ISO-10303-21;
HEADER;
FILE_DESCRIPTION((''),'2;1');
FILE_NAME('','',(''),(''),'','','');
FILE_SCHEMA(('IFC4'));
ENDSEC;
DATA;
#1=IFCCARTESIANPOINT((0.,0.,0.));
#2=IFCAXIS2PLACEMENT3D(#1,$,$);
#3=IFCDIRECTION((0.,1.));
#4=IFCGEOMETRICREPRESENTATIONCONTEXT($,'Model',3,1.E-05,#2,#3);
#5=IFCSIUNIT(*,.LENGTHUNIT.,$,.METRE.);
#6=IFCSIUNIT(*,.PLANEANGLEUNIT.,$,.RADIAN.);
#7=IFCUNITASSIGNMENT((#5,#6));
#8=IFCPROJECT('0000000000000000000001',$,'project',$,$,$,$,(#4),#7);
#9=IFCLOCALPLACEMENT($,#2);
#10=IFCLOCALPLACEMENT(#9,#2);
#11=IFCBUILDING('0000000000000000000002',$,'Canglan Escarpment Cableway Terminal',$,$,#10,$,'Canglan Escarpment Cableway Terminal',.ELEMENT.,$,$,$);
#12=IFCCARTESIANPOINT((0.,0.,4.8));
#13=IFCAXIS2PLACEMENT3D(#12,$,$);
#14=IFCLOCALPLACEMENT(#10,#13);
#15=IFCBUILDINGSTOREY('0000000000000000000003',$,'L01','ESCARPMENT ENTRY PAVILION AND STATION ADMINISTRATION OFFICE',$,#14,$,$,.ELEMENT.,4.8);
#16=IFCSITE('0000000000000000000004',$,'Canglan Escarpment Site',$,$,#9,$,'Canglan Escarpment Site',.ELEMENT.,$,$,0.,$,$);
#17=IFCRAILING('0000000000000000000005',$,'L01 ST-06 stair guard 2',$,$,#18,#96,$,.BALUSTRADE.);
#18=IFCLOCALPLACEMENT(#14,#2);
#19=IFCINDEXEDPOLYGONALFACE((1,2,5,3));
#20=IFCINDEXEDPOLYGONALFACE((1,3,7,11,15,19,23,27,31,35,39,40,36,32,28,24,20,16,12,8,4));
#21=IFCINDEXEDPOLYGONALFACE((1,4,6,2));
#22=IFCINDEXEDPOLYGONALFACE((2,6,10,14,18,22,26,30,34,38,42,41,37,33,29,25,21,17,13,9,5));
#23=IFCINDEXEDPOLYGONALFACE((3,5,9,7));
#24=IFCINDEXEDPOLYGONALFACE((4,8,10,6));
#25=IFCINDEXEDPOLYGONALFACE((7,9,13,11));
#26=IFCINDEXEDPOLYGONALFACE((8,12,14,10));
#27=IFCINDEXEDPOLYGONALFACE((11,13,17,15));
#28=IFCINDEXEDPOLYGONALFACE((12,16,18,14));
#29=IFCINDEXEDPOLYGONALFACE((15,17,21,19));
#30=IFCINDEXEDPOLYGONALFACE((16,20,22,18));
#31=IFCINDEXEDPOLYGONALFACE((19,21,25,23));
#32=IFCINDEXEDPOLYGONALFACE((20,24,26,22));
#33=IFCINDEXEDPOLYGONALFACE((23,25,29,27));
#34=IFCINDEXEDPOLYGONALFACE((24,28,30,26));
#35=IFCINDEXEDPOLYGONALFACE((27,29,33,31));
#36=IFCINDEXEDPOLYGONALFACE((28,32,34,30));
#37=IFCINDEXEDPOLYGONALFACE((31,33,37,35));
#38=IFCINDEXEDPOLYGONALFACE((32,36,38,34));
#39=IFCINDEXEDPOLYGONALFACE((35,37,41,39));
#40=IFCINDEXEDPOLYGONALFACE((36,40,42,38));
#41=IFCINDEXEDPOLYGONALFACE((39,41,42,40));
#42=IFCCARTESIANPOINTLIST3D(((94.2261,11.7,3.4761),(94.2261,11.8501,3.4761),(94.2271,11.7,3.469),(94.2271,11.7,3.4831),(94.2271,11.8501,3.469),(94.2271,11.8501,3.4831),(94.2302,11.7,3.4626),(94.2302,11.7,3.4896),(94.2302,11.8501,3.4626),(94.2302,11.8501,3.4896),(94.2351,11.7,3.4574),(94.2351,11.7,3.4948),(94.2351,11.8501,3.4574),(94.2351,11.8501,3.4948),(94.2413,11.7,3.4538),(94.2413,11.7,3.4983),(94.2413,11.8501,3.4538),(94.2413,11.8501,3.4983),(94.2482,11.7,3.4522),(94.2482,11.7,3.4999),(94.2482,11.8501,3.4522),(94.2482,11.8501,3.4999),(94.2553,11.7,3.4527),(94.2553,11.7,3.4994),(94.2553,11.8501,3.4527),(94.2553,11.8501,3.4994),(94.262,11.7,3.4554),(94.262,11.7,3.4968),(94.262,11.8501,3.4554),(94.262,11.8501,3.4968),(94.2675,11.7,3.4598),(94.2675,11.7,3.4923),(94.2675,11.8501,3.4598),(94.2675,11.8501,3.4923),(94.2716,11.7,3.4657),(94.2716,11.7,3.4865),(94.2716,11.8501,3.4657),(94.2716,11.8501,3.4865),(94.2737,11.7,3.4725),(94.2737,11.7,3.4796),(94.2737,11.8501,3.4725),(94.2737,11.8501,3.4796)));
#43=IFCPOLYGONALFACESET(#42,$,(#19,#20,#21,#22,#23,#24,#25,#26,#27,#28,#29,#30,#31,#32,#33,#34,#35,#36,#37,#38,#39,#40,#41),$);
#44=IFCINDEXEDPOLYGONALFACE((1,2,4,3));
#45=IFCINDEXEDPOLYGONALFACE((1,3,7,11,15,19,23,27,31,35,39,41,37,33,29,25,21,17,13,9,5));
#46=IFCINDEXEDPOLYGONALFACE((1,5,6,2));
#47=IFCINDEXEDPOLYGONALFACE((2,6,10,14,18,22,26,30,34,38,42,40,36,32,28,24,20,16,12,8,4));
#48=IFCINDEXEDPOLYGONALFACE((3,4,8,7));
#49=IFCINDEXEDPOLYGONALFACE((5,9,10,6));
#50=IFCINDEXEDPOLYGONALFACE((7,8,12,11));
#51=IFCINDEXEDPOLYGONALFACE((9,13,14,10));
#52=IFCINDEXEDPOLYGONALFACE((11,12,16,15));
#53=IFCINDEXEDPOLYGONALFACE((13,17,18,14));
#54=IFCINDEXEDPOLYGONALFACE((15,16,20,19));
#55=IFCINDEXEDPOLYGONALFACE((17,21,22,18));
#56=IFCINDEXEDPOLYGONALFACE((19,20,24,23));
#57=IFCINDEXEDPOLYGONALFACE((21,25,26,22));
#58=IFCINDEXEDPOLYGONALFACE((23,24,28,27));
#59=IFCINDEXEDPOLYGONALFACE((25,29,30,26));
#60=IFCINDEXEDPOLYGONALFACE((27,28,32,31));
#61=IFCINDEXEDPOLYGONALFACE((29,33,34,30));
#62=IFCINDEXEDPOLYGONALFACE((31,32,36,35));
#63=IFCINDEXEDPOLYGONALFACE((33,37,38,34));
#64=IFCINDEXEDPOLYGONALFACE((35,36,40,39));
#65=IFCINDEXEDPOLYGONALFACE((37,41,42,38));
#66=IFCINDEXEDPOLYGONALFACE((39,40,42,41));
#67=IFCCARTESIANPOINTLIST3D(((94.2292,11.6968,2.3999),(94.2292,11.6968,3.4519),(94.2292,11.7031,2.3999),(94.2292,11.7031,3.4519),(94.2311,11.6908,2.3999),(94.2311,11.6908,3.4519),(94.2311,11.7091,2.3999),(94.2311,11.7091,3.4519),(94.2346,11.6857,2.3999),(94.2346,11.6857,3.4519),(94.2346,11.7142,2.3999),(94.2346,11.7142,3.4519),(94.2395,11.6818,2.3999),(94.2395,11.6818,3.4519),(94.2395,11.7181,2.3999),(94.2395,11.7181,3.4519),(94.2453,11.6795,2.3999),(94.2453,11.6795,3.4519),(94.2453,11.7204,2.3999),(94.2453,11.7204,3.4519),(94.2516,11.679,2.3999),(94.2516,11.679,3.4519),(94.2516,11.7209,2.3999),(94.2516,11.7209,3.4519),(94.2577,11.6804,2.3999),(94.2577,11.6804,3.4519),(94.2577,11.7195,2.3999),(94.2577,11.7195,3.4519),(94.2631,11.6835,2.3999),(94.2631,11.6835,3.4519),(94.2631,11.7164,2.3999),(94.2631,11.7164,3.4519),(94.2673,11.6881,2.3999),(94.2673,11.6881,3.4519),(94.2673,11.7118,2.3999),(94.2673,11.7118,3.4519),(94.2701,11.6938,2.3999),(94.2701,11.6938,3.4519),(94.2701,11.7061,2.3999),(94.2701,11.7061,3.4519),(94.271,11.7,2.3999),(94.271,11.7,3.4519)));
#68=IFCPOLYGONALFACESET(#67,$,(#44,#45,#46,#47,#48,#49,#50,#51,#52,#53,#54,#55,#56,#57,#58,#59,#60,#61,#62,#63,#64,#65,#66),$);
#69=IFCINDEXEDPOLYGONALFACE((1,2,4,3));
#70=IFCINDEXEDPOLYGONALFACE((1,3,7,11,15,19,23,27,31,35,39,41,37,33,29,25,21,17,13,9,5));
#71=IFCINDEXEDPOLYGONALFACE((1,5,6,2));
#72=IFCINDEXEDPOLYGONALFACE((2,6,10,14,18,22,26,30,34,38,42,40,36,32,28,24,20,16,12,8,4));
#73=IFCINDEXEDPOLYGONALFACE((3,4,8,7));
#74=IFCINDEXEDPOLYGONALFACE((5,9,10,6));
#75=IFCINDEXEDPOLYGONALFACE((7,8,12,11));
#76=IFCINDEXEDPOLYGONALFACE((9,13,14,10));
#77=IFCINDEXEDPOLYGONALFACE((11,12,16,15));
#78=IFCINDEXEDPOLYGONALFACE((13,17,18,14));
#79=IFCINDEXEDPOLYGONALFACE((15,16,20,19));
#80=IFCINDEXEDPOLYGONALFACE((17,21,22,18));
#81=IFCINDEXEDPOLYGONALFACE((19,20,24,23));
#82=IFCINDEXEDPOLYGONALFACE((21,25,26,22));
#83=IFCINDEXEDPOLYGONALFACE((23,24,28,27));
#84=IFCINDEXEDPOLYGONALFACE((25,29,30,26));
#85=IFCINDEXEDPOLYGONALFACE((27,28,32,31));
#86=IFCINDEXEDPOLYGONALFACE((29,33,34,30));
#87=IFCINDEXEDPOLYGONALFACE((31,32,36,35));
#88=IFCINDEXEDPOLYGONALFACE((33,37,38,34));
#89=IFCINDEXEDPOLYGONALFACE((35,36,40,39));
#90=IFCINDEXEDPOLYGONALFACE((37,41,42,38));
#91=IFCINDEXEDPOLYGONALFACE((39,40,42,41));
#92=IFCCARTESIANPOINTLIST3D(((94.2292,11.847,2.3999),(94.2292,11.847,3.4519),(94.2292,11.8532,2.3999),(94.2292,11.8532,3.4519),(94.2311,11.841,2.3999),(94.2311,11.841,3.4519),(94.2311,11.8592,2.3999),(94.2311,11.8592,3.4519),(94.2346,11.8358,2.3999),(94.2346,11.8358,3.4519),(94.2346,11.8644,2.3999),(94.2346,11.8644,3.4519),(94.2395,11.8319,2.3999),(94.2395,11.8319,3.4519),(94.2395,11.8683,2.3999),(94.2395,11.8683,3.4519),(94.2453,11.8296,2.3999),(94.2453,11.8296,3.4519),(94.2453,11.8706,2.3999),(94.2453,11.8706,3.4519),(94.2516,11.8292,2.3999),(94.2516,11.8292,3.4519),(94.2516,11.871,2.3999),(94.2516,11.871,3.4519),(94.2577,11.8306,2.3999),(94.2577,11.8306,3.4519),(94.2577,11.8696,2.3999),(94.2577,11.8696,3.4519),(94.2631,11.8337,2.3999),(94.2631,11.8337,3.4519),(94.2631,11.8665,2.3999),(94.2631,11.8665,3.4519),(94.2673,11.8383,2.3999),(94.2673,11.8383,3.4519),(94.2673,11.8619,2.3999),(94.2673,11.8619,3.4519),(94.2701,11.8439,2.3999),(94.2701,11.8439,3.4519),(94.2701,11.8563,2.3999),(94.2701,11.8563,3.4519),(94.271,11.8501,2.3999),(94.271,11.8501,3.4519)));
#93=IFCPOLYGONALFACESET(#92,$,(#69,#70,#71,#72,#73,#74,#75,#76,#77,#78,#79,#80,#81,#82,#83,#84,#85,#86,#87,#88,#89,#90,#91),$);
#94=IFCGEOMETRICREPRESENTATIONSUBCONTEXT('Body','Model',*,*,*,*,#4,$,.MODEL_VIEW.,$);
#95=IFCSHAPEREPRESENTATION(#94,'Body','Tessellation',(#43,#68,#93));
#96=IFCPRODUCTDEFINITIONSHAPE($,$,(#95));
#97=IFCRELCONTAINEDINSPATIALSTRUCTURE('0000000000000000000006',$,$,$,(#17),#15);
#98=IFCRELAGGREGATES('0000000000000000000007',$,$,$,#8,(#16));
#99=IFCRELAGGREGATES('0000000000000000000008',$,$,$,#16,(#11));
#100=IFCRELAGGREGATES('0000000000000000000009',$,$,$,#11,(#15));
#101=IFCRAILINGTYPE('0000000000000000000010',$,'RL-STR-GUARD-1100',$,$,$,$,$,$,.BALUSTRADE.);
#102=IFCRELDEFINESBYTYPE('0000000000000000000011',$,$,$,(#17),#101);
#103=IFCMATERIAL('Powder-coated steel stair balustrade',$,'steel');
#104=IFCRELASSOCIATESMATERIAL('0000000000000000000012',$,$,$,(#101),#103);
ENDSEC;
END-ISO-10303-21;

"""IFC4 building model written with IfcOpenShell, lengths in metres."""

from ifc_helpers import new_model, si_unit, direction, frame, origin, origin_2d, place, context, subcontext, project, spatial, circle, extrude, material, type_object, element, save


model = new_model("IFC4")

# Units and contexts
model_context = context("Model", 3, precision=1e-05, world=origin(), true_north=direction((0.0, 1.0)))
body_context = subcontext(model_context, "Body", "Model", "MODEL_VIEW")
ifc_project = project(units=[si_unit("LENGTHUNIT", "METRE"), si_unit("PLANEANGLEUNIT", "RADIAN")], contexts=[model_context])

# Site, building, storey
site_placement = place(None, origin())
site = spatial("IfcSite", under=ifc_project, at=site_placement, Name="Canglan Escarpment Site", LongName="Canglan Escarpment Site", CompositionType="ELEMENT", RefElevation=0.0)
building_placement = place(site_placement, origin())
building = spatial("IfcBuilding", under=site, at=building_placement, Name="Canglan Escarpment Cableway Terminal", LongName="Canglan Escarpment Cableway Terminal", CompositionType="ELEMENT")
storey_placement = place(building_placement, frame((0.0, 0.0, 4.8)))
storey = spatial("IfcBuildingStorey", under=building, at=storey_placement, Name="L01", Description="ESCARPMENT ENTRY PAVILION AND STATION ADMINISTRATION OFFICE", CompositionType="ELEMENT", Elevation=4.8)

# Railing
ifc_material_1 = material(Name="Powder-coated steel stair balustrade", Category="steel")
railing_type_1 = type_object("IfcRailingType", Name="RL-STR-GUARD-1100", PredefinedType="BALUSTRADE", material=ifc_material_1)
railing_1_placement = place(storey_placement, frame((94.25, 11.7, 2.3999)))
element("IfcRailing", 1, at=railing_1_placement, inside=storey, type_object=railing_type_1, Name="L01 ST-06 stair guard 2", PredefinedType="BALUSTRADE", context=body_context, shape_type="SweptSolid", body=[
    extrude(circle(Radius=0.0239, at=origin_2d()), frame((0.0, 0.0, 1.0762), z_axis=(0.0, 1.0, 0.0), x_axis=(-1.0, 0.0, 0.0)), (0.0, 0.0, 1.0), 0.1501),
    extrude(circle(Radius=0.021, at=origin_2d()), origin(), (0.0, 0.0, 1.0), 1.052),
    extrude(circle(Radius=0.021, at=origin_2d()), frame((0.0, 0.1501, 0.0)), (0.0, 0.0, 1.0), 1.052),
])

save(model, "model.ifc")
